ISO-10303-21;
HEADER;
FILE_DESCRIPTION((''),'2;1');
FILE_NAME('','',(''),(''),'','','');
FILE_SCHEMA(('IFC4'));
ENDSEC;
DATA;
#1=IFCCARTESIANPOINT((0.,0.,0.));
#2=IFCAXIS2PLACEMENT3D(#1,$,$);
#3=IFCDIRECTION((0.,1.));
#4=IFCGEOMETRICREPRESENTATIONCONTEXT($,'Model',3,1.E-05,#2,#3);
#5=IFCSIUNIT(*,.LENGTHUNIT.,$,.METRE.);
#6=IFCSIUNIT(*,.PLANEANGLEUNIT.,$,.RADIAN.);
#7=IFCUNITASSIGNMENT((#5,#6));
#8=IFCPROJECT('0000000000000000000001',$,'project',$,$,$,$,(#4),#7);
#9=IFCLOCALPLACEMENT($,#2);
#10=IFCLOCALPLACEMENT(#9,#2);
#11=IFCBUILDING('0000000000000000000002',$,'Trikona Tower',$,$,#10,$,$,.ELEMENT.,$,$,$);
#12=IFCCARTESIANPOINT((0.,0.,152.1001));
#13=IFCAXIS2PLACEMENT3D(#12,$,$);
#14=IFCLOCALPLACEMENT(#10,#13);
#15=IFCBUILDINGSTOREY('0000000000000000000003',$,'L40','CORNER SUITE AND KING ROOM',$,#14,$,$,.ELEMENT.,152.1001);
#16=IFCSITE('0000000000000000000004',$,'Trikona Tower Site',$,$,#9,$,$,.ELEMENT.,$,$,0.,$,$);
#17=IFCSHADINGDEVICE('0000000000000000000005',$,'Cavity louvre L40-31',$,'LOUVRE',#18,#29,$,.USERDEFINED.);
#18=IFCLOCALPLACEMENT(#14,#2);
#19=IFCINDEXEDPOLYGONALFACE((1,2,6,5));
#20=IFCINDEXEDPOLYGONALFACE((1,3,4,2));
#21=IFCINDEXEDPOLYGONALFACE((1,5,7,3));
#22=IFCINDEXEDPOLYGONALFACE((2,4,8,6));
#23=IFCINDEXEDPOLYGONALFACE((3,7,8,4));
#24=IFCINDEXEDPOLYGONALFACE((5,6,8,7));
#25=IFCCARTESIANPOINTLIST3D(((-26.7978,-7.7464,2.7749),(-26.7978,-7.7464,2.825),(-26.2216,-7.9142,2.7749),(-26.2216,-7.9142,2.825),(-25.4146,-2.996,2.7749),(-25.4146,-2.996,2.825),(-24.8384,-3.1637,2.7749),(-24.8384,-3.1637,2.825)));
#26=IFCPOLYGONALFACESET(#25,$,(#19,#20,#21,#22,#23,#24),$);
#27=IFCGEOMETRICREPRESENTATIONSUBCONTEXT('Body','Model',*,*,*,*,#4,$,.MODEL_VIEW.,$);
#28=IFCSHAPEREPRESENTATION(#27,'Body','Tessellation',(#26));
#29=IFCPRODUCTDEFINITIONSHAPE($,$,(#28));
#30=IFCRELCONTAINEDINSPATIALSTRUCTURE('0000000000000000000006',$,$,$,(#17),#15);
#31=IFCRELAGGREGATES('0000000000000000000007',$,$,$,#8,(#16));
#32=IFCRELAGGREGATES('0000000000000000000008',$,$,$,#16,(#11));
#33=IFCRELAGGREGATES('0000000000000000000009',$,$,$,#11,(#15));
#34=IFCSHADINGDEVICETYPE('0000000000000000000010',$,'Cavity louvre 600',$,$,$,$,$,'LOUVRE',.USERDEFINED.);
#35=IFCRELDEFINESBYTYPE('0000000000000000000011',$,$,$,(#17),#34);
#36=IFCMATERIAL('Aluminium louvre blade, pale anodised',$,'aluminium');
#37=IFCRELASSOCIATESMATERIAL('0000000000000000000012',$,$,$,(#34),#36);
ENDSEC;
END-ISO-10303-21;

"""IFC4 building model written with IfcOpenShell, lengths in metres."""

from ifc_helpers import new_model, si_unit, direction, frame, origin, origin_2d, place, context, subcontext, project, spatial, rectangle, extrude, material, type_object, element, save


model = new_model("IFC4")

# Units and contexts
model_context = context("Model", 3, precision=1e-05, world=origin(), true_north=direction((0.0, 1.0)))
body_context = subcontext(model_context, "Body", "Model", "MODEL_VIEW")
ifc_project = project(units=[si_unit("LENGTHUNIT", "METRE"), si_unit("PLANEANGLEUNIT", "RADIAN")], contexts=[model_context])

# Site, building, storey
site_placement = place(None, origin())
site = spatial("IfcSite", under=ifc_project, at=site_placement, Name="Trikona Tower Site", CompositionType="ELEMENT", RefElevation=0.0)
building_placement = place(site_placement, origin())
building = spatial("IfcBuilding", under=site, at=building_placement, Name="Trikona Tower", CompositionType="ELEMENT")
storey_placement = place(building_placement, frame((0.0, 0.0, 152.1001)))
storey = spatial("IfcBuildingStorey", under=building, at=storey_placement, Name="L40", Description="CORNER SUITE AND KING ROOM", CompositionType="ELEMENT", Elevation=152.1001)

# Shading device
ifc_material_1 = material(Name="Aluminium louvre blade, pale anodised", Category="aluminium")
shading_device_type = type_object("IfcShadingDeviceType", Name="Cavity louvre 600", ElementType="LOUVRE", PredefinedType="USERDEFINED", material=ifc_material_1)
shading_device_1_placement = place(storey_placement, frame((-25.8181, -5.4551, 2.7749), z_axis=(0.0, 0.0, 1.0), x_axis=(-0.279554, -0.96013, 0.0)))
element("IfcShadingDevice", 1, at=shading_device_1_placement, inside=storey, type_object=shading_device_type, Name="Cavity louvre L40-31", ObjectType="LOUVRE", PredefinedType="USERDEFINED", context=body_context, shape_type="SweptSolid", body=[
    extrude(rectangle(XDim=4.9478, YDim=0.6001, at=origin_2d()), origin(), (0.0, 0.0, 1.0), 0.05),
])

save(model, "model.ifc")
